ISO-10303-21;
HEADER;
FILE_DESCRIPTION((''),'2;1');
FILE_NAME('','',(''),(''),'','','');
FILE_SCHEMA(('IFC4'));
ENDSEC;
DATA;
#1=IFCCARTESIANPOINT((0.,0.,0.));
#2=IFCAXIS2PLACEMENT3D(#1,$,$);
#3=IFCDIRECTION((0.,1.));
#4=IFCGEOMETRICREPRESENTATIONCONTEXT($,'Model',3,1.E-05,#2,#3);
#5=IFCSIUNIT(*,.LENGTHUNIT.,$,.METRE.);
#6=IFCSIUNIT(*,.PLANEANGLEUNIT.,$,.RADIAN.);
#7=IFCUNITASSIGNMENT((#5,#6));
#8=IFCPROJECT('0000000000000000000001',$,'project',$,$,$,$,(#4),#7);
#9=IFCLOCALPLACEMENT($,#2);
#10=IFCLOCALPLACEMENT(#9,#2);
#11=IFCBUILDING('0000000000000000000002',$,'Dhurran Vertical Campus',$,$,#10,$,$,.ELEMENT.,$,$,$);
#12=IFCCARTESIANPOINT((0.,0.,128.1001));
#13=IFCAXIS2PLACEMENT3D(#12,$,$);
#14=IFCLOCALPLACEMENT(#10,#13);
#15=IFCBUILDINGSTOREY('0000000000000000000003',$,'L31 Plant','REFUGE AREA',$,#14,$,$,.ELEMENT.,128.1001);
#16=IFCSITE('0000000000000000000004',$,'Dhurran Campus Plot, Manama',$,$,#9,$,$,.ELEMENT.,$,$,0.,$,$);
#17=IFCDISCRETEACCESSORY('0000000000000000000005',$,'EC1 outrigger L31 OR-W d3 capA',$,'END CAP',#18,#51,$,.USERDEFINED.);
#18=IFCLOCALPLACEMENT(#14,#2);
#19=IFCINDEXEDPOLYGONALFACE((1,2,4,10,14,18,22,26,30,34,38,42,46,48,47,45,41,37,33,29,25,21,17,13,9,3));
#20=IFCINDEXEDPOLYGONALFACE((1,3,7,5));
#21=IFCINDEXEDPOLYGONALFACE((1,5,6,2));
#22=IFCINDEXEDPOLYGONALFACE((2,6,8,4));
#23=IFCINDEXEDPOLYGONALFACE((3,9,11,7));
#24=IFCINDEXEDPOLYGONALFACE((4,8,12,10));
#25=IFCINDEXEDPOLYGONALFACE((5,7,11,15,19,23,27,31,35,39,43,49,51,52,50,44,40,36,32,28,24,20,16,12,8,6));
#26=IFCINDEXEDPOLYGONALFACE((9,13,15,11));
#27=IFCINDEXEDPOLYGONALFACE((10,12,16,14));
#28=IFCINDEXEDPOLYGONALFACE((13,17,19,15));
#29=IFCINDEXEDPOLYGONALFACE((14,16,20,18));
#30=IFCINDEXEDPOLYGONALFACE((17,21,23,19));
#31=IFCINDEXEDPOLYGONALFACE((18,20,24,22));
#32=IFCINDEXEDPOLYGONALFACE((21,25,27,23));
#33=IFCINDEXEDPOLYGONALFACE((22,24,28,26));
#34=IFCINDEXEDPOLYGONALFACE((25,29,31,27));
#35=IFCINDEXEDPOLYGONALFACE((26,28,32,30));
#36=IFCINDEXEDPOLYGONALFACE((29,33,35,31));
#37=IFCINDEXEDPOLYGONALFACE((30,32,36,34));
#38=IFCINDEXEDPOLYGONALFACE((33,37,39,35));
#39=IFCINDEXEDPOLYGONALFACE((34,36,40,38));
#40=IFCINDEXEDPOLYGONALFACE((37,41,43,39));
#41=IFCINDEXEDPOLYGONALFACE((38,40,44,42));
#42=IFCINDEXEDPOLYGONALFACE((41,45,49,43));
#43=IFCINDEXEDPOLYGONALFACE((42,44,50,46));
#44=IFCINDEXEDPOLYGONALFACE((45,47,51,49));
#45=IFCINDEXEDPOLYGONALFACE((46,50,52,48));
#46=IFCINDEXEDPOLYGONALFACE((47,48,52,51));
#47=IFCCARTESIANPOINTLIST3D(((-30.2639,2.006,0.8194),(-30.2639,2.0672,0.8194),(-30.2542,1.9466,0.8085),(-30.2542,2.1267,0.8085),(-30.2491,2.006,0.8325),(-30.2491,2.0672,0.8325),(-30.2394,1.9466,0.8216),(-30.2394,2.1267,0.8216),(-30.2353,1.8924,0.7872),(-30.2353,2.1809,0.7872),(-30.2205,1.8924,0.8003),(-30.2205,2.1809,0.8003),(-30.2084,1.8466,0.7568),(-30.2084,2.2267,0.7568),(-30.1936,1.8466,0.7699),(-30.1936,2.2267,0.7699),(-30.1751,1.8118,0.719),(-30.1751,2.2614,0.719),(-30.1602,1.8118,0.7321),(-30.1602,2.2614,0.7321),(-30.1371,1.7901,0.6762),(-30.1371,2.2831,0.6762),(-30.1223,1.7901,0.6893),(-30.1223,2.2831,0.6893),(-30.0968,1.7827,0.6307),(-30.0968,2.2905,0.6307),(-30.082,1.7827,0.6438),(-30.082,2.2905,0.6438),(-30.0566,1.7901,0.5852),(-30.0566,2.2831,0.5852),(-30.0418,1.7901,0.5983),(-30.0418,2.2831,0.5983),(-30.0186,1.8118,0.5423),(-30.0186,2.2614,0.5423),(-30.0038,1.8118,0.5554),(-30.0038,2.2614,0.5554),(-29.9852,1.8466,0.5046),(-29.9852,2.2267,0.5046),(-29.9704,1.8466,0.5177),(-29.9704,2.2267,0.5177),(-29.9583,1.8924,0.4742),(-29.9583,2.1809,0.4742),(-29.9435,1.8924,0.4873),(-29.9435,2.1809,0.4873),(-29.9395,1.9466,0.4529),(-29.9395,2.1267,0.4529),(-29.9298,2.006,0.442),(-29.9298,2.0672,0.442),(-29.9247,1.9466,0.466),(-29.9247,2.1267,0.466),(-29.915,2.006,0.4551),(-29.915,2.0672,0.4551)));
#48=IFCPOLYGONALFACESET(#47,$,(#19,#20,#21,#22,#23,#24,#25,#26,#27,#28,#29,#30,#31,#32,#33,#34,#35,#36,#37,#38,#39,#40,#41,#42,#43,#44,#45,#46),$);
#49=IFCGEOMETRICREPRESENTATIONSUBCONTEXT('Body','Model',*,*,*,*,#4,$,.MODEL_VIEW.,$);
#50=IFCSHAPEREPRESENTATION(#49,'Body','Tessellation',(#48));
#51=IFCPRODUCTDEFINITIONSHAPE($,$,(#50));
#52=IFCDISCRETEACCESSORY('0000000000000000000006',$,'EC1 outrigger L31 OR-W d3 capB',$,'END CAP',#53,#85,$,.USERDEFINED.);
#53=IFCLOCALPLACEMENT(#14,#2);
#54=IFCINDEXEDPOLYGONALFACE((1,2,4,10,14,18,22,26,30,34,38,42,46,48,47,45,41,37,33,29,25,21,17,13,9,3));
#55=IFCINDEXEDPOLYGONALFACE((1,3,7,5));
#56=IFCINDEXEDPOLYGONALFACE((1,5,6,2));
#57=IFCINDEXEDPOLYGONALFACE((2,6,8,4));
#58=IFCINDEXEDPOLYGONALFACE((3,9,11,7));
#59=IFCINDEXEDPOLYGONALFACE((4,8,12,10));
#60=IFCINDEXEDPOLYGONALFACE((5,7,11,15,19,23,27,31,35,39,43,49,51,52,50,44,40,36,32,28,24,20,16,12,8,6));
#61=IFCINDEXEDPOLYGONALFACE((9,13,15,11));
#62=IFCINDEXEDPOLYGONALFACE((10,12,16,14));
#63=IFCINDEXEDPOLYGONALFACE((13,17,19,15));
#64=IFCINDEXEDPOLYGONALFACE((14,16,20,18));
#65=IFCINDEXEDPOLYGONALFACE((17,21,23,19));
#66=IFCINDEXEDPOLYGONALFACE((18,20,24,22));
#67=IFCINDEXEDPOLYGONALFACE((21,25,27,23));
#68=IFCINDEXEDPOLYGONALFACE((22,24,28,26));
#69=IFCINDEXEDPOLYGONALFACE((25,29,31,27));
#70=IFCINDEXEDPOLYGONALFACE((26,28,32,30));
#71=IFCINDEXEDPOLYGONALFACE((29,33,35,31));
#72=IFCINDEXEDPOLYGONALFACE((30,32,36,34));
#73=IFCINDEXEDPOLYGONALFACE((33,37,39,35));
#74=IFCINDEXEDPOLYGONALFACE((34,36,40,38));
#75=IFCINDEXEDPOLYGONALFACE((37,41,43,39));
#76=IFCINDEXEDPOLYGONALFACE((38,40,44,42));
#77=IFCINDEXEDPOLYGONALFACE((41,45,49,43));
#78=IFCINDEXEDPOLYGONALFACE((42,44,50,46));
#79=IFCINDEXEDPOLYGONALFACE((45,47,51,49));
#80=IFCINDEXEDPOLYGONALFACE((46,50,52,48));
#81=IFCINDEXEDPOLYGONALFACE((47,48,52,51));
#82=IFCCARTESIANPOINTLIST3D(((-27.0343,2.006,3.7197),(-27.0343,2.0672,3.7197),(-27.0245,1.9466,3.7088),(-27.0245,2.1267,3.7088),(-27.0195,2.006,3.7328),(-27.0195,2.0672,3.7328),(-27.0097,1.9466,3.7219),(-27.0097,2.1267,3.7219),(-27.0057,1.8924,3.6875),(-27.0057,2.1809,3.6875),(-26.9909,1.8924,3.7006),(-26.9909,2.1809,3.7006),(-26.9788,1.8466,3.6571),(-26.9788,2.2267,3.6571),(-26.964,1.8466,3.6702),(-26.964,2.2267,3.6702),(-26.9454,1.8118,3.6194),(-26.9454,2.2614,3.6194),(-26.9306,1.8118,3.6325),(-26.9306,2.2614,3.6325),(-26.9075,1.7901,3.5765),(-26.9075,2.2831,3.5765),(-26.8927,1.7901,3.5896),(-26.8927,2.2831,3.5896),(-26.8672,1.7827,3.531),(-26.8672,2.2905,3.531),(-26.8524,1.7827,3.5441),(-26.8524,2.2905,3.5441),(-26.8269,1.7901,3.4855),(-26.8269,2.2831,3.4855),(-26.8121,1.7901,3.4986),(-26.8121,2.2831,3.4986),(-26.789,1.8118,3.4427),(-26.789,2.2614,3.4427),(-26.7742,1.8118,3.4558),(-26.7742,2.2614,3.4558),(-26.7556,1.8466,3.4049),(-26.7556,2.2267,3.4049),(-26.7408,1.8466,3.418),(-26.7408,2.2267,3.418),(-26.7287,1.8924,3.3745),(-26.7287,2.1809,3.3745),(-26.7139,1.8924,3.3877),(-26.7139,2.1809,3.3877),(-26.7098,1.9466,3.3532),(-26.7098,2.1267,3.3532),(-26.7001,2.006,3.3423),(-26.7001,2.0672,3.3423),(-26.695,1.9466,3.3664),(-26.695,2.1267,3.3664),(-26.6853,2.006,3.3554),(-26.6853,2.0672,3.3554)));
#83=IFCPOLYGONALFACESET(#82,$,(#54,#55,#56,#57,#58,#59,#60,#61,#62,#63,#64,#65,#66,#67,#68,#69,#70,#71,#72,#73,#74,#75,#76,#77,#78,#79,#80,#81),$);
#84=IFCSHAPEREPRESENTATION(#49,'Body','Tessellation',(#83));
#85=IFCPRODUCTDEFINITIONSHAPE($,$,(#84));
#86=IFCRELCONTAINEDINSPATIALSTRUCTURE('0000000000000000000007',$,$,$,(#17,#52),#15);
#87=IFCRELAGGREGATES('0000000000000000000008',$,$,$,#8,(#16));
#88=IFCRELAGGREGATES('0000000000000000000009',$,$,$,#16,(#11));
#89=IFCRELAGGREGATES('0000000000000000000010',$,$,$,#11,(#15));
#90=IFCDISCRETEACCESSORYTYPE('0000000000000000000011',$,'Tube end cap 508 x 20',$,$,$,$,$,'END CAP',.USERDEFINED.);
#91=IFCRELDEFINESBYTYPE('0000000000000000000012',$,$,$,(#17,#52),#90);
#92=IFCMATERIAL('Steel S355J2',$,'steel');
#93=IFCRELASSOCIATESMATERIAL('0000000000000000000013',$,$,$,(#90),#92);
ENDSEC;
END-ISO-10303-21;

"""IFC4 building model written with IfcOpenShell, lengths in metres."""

from ifc_helpers import new_model, si_unit, direction, frame, origin, origin_2d, place, context, subcontext, project, spatial, circle, extrude, material, material_profile, profile_set, type_object, element, save


model = new_model("IFC4")

# Units and contexts
model_context = context("Model", 3, precision=1e-05, world=origin(), true_north=direction((0.0, 1.0)))
body_context = subcontext(model_context, "Body", "Model", "MODEL_VIEW")
ifc_project = project(units=[si_unit("LENGTHUNIT", "METRE"), si_unit("PLANEANGLEUNIT", "RADIAN")], contexts=[model_context])

# Site, building, storey
site_placement = place(None, origin())
site = spatial("IfcSite", under=ifc_project, at=site_placement, Name="Dhurran Campus Plot, Manama", CompositionType="ELEMENT", RefElevation=0.0)
building_placement = place(site_placement, origin())
building = spatial("IfcBuilding", under=site, at=building_placement, Name="Dhurran Vertical Campus", CompositionType="ELEMENT")
storey_placement = place(building_placement, frame((0.0, 0.0, 128.1001)))
storey = spatial("IfcBuildingStorey", under=building, at=storey_placement, Name="L31 Plant", Description="REFUGE AREA", CompositionType="ELEMENT", Elevation=128.1001)

# Discrete accessories
ifc_material_1 = material(Name="Steel S355J2", Category="steel")
ifc_material_profile_1 = material_profile(ifc_material_1, circle(Radius=0.2539, at=origin_2d()), Name="Tube end cap 508 x 20")
ifc_profile_set_1 = profile_set([ifc_material_profile_1], Name="Steel S355J2")
discrete_accessory_type = type_object("IfcDiscreteAccessoryType", Name="Tube end cap 508 x 20", ElementType="END CAP", PredefinedType="USERDEFINED", material=ifc_profile_set_1)
for number, where, z_axis, x_axis, name in (
    (1, (-30.082, 2.0366, 0.6438), (-0.748762, 0.0, -0.662839), (0.0, -1.0, 0.0), "EC1 outrigger L31 OR-W d3 capA"),
    (2, (-26.8672, 2.0366, 3.531), (0.748762, 0.0, 0.662839), (0.0, 1.0, 0.0), "EC1 outrigger L31 OR-W d3 capB"),
):
    element("IfcDiscreteAccessory", number, at=place(storey_placement, frame(where, z_axis=z_axis, x_axis=x_axis)), inside=storey, type_object=discrete_accessory_type, Name=name, ObjectType="END CAP", PredefinedType="USERDEFINED", context=body_context, shape_type="SweptSolid", body=[
        extrude(circle(Radius=0.2539, at=origin_2d()), origin(), (0.0, 0.0, 1.0), 0.0198),
    ])

save(model, "model.ifc")
